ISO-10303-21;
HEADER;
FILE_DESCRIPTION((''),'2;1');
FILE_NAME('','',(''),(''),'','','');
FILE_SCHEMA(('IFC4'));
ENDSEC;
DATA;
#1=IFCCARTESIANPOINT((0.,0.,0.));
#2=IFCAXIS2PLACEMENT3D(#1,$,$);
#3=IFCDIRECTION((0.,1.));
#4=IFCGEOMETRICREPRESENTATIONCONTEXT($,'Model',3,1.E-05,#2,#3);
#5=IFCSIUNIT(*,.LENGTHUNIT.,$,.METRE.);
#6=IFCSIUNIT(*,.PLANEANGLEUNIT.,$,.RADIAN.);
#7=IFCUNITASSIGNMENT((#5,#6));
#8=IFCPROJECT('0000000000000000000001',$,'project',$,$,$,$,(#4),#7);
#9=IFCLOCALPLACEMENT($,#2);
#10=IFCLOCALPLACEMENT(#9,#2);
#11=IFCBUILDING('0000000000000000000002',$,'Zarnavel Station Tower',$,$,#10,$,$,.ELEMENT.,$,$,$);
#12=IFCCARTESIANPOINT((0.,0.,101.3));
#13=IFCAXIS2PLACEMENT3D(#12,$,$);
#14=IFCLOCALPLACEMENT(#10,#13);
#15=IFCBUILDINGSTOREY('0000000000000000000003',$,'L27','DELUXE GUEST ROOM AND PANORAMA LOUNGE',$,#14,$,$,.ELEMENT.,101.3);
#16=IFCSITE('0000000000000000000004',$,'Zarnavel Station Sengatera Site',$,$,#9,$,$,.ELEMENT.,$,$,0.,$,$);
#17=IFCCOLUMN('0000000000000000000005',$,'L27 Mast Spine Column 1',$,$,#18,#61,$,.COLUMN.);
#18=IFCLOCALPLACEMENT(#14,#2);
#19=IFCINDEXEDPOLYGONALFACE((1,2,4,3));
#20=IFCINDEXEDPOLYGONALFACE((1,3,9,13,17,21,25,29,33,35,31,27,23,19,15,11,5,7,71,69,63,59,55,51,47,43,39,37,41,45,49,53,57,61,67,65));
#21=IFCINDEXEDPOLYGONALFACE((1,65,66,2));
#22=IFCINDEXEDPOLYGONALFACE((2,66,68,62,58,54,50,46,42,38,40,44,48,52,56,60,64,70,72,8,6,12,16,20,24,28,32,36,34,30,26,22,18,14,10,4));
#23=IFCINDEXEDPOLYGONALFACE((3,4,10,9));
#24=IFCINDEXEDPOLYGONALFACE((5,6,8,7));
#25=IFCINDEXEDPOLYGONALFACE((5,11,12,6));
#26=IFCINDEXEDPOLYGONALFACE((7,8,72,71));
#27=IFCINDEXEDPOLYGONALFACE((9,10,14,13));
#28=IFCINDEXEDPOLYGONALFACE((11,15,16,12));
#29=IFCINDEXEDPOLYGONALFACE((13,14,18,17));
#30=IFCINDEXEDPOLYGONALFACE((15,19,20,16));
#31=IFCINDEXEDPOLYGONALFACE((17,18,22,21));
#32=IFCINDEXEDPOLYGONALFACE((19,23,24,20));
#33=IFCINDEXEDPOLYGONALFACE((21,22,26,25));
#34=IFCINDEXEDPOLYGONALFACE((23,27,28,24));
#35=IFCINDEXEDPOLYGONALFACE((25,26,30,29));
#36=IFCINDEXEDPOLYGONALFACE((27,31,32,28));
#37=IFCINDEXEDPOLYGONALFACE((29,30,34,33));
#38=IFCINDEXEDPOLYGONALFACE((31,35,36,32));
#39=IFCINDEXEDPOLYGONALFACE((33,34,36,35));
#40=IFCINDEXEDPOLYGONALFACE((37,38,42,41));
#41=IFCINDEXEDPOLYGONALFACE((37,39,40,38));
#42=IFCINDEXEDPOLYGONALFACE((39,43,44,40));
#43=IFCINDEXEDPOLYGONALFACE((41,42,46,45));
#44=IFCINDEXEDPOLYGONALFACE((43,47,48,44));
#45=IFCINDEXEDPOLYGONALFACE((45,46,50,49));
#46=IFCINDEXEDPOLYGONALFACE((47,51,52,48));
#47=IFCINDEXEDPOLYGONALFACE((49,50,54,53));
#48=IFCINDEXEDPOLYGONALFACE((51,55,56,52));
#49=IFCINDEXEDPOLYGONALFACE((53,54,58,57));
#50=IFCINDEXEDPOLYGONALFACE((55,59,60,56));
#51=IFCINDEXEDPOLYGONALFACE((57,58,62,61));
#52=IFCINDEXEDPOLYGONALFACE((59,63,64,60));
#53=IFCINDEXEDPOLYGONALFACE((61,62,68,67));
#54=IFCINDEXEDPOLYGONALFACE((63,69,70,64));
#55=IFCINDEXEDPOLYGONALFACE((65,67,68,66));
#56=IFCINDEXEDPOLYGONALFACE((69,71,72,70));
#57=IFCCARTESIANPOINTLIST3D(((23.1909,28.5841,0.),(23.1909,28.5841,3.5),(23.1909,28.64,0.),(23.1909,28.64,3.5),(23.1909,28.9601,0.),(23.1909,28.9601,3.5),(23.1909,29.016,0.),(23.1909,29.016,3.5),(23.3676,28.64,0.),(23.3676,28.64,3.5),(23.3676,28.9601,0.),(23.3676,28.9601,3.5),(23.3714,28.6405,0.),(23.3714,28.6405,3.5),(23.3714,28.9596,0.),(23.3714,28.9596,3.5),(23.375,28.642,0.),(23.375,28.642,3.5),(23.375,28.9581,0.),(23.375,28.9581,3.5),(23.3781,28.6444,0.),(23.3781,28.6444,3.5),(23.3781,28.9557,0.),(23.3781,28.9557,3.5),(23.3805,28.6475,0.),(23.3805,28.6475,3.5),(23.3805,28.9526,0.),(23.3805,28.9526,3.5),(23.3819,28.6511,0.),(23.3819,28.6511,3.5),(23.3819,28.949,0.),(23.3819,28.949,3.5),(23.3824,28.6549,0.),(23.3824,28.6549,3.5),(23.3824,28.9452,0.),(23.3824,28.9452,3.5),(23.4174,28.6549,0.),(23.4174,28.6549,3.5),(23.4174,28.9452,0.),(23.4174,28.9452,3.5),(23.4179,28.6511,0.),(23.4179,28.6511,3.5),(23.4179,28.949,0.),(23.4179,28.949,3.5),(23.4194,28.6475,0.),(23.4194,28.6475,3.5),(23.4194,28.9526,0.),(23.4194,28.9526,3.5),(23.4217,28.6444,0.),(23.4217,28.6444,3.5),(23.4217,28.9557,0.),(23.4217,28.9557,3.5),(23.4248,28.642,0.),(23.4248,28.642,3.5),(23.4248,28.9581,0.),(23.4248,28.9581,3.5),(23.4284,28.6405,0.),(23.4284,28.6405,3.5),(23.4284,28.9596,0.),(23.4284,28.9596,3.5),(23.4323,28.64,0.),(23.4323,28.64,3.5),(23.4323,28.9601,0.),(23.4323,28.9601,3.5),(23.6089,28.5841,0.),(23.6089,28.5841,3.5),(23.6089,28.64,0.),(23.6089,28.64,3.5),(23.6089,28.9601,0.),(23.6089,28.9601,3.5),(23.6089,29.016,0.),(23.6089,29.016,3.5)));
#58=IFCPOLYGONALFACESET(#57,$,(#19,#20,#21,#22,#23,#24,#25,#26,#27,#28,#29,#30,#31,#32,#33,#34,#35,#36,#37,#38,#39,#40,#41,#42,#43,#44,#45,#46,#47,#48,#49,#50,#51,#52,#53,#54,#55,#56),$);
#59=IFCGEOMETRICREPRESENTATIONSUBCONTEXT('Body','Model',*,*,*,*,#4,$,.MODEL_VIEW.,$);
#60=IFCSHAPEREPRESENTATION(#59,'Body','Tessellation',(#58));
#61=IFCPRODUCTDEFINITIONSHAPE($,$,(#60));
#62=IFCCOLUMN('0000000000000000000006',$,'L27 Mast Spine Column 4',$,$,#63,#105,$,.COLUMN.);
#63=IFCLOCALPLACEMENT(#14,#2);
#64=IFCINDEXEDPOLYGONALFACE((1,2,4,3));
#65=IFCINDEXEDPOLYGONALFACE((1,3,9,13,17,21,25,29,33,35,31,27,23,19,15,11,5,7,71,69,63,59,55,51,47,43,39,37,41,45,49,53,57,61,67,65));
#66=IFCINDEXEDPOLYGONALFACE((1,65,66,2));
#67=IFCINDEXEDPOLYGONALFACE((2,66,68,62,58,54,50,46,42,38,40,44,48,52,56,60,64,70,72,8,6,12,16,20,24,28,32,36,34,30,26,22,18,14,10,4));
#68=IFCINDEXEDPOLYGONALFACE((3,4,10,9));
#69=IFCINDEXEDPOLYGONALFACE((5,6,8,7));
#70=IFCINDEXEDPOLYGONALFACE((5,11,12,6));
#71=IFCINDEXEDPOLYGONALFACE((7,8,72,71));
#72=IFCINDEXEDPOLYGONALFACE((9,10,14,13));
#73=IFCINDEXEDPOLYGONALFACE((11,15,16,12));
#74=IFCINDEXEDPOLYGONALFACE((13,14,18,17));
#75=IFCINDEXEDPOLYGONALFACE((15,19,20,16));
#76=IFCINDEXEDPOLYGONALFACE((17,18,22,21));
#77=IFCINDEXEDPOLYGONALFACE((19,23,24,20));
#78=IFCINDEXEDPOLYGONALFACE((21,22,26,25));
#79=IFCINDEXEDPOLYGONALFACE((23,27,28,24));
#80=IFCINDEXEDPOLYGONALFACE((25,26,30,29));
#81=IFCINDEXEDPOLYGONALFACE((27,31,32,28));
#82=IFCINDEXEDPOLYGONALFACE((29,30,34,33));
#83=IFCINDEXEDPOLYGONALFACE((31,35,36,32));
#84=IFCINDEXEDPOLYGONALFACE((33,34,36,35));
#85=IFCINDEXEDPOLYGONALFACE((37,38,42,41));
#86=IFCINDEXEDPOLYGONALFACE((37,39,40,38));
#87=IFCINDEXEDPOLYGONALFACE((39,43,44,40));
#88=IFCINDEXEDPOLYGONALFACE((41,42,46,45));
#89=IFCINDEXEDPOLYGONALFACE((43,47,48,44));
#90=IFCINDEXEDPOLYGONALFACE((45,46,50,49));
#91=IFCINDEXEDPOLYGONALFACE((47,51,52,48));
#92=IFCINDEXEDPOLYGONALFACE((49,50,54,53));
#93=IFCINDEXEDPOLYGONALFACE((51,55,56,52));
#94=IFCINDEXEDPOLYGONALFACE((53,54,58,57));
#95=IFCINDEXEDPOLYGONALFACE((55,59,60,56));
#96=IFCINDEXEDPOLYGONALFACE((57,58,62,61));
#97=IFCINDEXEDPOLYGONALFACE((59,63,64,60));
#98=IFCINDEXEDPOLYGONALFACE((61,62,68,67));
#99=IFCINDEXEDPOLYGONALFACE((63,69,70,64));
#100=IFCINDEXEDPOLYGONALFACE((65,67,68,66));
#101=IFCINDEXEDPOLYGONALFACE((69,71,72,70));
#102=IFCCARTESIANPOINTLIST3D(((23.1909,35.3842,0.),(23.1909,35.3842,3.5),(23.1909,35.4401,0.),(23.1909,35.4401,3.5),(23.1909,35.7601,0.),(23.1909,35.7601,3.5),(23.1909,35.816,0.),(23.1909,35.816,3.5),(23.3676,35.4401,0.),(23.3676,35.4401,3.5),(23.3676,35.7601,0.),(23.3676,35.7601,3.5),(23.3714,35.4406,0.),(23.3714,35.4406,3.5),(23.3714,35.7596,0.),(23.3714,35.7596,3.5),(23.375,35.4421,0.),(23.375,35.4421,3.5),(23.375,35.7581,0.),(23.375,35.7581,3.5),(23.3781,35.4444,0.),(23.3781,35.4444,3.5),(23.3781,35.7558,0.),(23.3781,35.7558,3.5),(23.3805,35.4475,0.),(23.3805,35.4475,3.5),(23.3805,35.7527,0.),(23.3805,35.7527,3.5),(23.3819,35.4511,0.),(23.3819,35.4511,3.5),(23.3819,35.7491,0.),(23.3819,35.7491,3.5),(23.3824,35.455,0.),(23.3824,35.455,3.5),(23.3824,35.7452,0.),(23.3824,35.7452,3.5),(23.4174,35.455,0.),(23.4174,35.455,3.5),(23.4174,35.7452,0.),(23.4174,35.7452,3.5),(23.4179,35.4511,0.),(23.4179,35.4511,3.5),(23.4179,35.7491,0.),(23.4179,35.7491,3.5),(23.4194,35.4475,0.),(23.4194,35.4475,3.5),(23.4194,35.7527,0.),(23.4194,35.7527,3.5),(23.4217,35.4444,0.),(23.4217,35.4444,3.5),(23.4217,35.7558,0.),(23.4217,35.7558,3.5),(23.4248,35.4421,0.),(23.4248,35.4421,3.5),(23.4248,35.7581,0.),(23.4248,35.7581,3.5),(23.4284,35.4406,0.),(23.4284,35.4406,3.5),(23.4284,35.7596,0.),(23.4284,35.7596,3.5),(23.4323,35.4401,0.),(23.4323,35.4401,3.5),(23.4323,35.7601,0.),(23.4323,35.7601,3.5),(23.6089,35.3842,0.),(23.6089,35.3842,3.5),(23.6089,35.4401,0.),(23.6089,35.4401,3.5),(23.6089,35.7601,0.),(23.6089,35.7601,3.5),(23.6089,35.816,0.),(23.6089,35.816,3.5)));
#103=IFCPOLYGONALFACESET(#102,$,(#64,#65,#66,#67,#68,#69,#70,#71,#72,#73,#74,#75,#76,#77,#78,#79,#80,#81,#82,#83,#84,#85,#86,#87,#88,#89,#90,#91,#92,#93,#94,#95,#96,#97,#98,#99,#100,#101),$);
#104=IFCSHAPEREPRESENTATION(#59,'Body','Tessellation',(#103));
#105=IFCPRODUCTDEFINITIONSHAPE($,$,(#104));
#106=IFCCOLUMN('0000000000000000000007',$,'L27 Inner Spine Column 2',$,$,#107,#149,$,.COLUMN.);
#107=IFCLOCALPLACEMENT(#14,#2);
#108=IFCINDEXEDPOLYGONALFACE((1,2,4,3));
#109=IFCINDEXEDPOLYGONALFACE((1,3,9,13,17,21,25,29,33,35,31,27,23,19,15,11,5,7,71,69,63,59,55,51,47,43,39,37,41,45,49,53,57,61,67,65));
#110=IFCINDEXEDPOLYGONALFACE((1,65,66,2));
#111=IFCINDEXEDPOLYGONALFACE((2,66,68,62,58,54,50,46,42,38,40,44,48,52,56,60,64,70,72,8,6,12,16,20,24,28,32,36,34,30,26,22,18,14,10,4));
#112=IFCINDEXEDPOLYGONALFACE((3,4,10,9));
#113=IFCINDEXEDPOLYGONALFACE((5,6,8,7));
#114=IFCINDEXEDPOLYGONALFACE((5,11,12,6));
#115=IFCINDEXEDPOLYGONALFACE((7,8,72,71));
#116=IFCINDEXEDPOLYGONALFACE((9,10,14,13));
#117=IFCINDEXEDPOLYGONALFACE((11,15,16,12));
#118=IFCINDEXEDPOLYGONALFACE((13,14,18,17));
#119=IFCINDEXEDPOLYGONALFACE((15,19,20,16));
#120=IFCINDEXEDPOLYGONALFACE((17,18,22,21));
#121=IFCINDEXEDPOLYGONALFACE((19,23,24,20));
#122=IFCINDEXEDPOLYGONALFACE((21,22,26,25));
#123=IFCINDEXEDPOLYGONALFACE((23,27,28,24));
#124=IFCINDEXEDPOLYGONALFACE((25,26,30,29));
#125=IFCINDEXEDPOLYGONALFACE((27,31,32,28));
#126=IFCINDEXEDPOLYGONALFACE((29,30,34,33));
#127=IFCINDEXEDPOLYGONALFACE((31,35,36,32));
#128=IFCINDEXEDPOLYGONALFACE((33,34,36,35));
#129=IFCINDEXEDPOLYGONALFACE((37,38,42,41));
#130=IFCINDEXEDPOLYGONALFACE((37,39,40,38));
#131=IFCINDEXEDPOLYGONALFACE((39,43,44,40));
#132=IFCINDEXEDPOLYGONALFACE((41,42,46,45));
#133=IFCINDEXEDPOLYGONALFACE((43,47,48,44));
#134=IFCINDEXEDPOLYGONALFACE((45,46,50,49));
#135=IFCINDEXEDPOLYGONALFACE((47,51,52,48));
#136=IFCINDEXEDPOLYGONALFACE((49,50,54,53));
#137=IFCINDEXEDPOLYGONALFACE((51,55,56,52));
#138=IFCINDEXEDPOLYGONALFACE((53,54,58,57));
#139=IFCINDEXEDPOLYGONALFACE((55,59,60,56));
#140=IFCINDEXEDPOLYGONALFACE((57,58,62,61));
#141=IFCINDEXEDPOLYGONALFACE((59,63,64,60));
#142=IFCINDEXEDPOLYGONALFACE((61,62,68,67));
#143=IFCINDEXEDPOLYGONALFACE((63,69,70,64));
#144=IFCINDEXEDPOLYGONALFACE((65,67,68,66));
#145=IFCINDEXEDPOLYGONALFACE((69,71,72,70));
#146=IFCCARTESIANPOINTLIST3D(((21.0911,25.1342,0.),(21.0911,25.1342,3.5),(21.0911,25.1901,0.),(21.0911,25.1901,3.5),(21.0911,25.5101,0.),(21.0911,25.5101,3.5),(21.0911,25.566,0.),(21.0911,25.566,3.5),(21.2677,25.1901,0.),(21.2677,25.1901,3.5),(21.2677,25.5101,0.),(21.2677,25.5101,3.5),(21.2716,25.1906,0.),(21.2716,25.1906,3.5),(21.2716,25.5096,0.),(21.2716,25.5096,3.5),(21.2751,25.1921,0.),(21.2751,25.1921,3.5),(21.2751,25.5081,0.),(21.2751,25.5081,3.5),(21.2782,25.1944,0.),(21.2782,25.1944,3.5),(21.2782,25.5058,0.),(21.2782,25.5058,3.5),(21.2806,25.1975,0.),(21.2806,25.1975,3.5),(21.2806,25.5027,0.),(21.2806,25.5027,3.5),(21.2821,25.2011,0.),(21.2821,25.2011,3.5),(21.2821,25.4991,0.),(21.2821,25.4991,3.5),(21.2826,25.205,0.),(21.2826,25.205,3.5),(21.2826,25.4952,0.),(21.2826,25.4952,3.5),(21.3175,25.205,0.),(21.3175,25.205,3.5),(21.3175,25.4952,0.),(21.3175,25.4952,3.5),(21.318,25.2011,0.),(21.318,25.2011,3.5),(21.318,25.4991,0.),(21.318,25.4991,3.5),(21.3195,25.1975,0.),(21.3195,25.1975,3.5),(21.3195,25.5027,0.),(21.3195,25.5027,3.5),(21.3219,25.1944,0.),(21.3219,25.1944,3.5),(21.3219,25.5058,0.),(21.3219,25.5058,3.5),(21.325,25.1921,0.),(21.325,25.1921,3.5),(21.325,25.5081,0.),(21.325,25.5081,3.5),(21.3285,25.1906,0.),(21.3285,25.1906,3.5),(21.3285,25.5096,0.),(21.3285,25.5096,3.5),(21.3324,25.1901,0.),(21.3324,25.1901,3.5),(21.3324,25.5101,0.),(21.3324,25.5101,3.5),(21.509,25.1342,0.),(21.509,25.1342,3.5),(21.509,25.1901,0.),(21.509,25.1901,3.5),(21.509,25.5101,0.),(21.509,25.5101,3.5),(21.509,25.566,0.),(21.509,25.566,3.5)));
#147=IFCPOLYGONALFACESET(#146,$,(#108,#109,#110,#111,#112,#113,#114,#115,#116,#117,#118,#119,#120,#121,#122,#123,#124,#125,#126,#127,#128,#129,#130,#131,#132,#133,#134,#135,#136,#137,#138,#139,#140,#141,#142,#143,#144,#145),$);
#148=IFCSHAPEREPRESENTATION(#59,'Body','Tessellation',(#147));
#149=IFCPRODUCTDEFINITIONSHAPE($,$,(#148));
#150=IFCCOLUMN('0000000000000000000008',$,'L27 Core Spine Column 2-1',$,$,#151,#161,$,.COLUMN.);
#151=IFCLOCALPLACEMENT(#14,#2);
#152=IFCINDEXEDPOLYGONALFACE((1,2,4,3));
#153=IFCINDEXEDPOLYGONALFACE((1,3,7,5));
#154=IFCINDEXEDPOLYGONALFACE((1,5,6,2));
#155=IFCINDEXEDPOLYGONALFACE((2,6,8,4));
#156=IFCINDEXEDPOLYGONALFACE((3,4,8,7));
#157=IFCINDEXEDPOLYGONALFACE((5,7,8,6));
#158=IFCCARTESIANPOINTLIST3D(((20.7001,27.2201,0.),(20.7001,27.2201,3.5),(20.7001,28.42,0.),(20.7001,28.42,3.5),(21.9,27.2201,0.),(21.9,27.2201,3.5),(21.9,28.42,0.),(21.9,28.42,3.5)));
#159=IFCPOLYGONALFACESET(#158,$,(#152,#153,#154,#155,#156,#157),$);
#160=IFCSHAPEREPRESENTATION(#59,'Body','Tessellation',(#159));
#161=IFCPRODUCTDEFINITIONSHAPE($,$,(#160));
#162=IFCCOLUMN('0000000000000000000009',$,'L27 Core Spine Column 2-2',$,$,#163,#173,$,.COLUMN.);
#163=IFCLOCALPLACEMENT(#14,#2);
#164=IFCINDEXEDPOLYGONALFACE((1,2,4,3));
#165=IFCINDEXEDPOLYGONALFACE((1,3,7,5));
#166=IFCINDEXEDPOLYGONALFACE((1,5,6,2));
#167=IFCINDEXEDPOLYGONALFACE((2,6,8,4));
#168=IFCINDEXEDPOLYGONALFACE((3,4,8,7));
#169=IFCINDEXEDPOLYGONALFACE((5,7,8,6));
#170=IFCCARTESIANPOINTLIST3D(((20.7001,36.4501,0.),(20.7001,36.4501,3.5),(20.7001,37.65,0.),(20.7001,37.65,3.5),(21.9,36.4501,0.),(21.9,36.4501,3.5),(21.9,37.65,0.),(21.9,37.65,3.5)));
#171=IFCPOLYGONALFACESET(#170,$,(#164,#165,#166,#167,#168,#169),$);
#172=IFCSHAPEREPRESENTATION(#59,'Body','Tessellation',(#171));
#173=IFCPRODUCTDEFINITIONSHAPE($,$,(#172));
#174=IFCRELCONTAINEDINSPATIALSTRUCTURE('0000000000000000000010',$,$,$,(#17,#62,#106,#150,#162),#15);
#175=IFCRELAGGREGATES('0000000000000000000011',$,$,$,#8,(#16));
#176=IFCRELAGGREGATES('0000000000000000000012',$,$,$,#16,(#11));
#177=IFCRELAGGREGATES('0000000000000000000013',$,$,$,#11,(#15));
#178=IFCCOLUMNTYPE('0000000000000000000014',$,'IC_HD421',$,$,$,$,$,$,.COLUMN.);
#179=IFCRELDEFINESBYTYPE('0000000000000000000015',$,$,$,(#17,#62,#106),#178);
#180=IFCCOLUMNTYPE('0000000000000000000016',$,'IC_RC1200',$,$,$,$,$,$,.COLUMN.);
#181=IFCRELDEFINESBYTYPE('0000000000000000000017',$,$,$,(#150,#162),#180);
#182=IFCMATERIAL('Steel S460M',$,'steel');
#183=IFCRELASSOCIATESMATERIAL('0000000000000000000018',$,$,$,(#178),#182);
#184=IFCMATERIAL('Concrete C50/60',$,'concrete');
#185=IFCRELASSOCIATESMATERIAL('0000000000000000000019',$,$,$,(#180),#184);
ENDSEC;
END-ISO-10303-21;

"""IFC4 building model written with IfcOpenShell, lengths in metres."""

from ifc_helpers import new_model, si_unit, direction, frame, origin, origin_2d, place, context, subcontext, project, spatial, rectangle, i_section, extrude, material, material_profile, profile_set, type_object, element, save


model = new_model("IFC4")

# Units and contexts
model_context = context("Model", 3, precision=1e-05, world=origin(), true_north=direction((0.0, 1.0)))
body_context = subcontext(model_context, "Body", "Model", "MODEL_VIEW")
ifc_project = project(units=[si_unit("LENGTHUNIT", "METRE"), si_unit("PLANEANGLEUNIT", "RADIAN")], contexts=[model_context])

# Site, building, storey
site_placement = place(None, origin())
site = spatial("IfcSite", under=ifc_project, at=site_placement, Name="Zarnavel Station Sengatera Site", CompositionType="ELEMENT", RefElevation=0.0)
building_placement = place(site_placement, origin())
building = spatial("IfcBuilding", under=site, at=building_placement, Name="Zarnavel Station Tower", CompositionType="ELEMENT")
storey_placement = place(building_placement, frame((0.0, 0.0, 101.3)))
storey = spatial("IfcBuildingStorey", under=building, at=storey_placement, Name="L27", Description="DELUXE GUEST ROOM AND PANORAMA LOUNGE", CompositionType="ELEMENT", Elevation=101.3)

# Columns
ifc_material_1 = material(Name="Steel S460M", Category="steel")
ifc_material_profile_1 = material_profile(ifc_material_1, i_section(OverallWidth=0.418, OverallDepth=0.4319, WebThickness=0.0349, FlangeThickness=0.0559, FilletRadius=0.0149, at=origin_2d()), Name="HD400x421")
ifc_profile_set_1 = profile_set([ifc_material_profile_1], Name="Steel S460M")
column_type_1 = type_object("IfcColumnType", Name="IC_HD421", PredefinedType="COLUMN", material=ifc_profile_set_1)
for number, where, z_axis, x_axis, name in (
    (1, (23.3999, 28.8, 0.0), (0.0, 0.0, 1.0), (1.0, 0.0, 0.0), "L27 Mast Spine Column 1"),
    (2, (23.3999, 35.6001, 0.0), (0.0, 0.0, 1.0), (1.0, 0.0, 0.0), "L27 Mast Spine Column 4"),
    (3, (21.3, 25.3501, 0.0), (0.0, 0.0, 1.0), (1.0, 0.0, 0.0), "L27 Inner Spine Column 2"),
):
    element("IfcColumn", number, at=place(storey_placement, frame(where, z_axis=z_axis, x_axis=x_axis)), inside=storey, type_object=column_type_1, Name=name, PredefinedType="COLUMN", context=body_context, shape_type="SweptSolid", body=[
        extrude(i_section(OverallWidth=0.418, OverallDepth=0.4319, WebThickness=0.0349, FlangeThickness=0.0559, FilletRadius=0.0149, at=origin_2d()), origin(), (0.0, 0.0, 1.0), 3.5),
    ])
ifc_material_2 = material(Name="Concrete C50/60", Category="concrete")
ifc_material_profile_2 = material_profile(ifc_material_2, rectangle(XDim=1.2, YDim=1.2, at=origin_2d()), Name="RC1200x1200")
ifc_profile_set_2 = profile_set([ifc_material_profile_2], Name="Concrete C50/60")
column_type_2 = type_object("IfcColumnType", Name="IC_RC1200", PredefinedType="COLUMN", material=ifc_profile_set_2)
for number, where, z_axis, x_axis, name in (
    (4, (21.3, 27.8201, 0.0), (0.0, 0.0, 1.0), (1.0, 0.0, 0.0), "L27 Core Spine Column 2-1"),
    (5, (21.3, 37.05, 0.0), (0.0, 0.0, 1.0), (1.0, 0.0, 0.0), "L27 Core Spine Column 2-2"),
):
    element("IfcColumn", number, at=place(storey_placement, frame(where, z_axis=z_axis, x_axis=x_axis)), inside=storey, type_object=column_type_2, Name=name, PredefinedType="COLUMN", context=body_context, shape_type="SweptSolid", body=[
        extrude(rectangle(XDim=1.2, YDim=1.2, at=origin_2d()), origin(), (0.0, 0.0, 1.0), 3.5),
    ])

save(model, "model.ifc")
